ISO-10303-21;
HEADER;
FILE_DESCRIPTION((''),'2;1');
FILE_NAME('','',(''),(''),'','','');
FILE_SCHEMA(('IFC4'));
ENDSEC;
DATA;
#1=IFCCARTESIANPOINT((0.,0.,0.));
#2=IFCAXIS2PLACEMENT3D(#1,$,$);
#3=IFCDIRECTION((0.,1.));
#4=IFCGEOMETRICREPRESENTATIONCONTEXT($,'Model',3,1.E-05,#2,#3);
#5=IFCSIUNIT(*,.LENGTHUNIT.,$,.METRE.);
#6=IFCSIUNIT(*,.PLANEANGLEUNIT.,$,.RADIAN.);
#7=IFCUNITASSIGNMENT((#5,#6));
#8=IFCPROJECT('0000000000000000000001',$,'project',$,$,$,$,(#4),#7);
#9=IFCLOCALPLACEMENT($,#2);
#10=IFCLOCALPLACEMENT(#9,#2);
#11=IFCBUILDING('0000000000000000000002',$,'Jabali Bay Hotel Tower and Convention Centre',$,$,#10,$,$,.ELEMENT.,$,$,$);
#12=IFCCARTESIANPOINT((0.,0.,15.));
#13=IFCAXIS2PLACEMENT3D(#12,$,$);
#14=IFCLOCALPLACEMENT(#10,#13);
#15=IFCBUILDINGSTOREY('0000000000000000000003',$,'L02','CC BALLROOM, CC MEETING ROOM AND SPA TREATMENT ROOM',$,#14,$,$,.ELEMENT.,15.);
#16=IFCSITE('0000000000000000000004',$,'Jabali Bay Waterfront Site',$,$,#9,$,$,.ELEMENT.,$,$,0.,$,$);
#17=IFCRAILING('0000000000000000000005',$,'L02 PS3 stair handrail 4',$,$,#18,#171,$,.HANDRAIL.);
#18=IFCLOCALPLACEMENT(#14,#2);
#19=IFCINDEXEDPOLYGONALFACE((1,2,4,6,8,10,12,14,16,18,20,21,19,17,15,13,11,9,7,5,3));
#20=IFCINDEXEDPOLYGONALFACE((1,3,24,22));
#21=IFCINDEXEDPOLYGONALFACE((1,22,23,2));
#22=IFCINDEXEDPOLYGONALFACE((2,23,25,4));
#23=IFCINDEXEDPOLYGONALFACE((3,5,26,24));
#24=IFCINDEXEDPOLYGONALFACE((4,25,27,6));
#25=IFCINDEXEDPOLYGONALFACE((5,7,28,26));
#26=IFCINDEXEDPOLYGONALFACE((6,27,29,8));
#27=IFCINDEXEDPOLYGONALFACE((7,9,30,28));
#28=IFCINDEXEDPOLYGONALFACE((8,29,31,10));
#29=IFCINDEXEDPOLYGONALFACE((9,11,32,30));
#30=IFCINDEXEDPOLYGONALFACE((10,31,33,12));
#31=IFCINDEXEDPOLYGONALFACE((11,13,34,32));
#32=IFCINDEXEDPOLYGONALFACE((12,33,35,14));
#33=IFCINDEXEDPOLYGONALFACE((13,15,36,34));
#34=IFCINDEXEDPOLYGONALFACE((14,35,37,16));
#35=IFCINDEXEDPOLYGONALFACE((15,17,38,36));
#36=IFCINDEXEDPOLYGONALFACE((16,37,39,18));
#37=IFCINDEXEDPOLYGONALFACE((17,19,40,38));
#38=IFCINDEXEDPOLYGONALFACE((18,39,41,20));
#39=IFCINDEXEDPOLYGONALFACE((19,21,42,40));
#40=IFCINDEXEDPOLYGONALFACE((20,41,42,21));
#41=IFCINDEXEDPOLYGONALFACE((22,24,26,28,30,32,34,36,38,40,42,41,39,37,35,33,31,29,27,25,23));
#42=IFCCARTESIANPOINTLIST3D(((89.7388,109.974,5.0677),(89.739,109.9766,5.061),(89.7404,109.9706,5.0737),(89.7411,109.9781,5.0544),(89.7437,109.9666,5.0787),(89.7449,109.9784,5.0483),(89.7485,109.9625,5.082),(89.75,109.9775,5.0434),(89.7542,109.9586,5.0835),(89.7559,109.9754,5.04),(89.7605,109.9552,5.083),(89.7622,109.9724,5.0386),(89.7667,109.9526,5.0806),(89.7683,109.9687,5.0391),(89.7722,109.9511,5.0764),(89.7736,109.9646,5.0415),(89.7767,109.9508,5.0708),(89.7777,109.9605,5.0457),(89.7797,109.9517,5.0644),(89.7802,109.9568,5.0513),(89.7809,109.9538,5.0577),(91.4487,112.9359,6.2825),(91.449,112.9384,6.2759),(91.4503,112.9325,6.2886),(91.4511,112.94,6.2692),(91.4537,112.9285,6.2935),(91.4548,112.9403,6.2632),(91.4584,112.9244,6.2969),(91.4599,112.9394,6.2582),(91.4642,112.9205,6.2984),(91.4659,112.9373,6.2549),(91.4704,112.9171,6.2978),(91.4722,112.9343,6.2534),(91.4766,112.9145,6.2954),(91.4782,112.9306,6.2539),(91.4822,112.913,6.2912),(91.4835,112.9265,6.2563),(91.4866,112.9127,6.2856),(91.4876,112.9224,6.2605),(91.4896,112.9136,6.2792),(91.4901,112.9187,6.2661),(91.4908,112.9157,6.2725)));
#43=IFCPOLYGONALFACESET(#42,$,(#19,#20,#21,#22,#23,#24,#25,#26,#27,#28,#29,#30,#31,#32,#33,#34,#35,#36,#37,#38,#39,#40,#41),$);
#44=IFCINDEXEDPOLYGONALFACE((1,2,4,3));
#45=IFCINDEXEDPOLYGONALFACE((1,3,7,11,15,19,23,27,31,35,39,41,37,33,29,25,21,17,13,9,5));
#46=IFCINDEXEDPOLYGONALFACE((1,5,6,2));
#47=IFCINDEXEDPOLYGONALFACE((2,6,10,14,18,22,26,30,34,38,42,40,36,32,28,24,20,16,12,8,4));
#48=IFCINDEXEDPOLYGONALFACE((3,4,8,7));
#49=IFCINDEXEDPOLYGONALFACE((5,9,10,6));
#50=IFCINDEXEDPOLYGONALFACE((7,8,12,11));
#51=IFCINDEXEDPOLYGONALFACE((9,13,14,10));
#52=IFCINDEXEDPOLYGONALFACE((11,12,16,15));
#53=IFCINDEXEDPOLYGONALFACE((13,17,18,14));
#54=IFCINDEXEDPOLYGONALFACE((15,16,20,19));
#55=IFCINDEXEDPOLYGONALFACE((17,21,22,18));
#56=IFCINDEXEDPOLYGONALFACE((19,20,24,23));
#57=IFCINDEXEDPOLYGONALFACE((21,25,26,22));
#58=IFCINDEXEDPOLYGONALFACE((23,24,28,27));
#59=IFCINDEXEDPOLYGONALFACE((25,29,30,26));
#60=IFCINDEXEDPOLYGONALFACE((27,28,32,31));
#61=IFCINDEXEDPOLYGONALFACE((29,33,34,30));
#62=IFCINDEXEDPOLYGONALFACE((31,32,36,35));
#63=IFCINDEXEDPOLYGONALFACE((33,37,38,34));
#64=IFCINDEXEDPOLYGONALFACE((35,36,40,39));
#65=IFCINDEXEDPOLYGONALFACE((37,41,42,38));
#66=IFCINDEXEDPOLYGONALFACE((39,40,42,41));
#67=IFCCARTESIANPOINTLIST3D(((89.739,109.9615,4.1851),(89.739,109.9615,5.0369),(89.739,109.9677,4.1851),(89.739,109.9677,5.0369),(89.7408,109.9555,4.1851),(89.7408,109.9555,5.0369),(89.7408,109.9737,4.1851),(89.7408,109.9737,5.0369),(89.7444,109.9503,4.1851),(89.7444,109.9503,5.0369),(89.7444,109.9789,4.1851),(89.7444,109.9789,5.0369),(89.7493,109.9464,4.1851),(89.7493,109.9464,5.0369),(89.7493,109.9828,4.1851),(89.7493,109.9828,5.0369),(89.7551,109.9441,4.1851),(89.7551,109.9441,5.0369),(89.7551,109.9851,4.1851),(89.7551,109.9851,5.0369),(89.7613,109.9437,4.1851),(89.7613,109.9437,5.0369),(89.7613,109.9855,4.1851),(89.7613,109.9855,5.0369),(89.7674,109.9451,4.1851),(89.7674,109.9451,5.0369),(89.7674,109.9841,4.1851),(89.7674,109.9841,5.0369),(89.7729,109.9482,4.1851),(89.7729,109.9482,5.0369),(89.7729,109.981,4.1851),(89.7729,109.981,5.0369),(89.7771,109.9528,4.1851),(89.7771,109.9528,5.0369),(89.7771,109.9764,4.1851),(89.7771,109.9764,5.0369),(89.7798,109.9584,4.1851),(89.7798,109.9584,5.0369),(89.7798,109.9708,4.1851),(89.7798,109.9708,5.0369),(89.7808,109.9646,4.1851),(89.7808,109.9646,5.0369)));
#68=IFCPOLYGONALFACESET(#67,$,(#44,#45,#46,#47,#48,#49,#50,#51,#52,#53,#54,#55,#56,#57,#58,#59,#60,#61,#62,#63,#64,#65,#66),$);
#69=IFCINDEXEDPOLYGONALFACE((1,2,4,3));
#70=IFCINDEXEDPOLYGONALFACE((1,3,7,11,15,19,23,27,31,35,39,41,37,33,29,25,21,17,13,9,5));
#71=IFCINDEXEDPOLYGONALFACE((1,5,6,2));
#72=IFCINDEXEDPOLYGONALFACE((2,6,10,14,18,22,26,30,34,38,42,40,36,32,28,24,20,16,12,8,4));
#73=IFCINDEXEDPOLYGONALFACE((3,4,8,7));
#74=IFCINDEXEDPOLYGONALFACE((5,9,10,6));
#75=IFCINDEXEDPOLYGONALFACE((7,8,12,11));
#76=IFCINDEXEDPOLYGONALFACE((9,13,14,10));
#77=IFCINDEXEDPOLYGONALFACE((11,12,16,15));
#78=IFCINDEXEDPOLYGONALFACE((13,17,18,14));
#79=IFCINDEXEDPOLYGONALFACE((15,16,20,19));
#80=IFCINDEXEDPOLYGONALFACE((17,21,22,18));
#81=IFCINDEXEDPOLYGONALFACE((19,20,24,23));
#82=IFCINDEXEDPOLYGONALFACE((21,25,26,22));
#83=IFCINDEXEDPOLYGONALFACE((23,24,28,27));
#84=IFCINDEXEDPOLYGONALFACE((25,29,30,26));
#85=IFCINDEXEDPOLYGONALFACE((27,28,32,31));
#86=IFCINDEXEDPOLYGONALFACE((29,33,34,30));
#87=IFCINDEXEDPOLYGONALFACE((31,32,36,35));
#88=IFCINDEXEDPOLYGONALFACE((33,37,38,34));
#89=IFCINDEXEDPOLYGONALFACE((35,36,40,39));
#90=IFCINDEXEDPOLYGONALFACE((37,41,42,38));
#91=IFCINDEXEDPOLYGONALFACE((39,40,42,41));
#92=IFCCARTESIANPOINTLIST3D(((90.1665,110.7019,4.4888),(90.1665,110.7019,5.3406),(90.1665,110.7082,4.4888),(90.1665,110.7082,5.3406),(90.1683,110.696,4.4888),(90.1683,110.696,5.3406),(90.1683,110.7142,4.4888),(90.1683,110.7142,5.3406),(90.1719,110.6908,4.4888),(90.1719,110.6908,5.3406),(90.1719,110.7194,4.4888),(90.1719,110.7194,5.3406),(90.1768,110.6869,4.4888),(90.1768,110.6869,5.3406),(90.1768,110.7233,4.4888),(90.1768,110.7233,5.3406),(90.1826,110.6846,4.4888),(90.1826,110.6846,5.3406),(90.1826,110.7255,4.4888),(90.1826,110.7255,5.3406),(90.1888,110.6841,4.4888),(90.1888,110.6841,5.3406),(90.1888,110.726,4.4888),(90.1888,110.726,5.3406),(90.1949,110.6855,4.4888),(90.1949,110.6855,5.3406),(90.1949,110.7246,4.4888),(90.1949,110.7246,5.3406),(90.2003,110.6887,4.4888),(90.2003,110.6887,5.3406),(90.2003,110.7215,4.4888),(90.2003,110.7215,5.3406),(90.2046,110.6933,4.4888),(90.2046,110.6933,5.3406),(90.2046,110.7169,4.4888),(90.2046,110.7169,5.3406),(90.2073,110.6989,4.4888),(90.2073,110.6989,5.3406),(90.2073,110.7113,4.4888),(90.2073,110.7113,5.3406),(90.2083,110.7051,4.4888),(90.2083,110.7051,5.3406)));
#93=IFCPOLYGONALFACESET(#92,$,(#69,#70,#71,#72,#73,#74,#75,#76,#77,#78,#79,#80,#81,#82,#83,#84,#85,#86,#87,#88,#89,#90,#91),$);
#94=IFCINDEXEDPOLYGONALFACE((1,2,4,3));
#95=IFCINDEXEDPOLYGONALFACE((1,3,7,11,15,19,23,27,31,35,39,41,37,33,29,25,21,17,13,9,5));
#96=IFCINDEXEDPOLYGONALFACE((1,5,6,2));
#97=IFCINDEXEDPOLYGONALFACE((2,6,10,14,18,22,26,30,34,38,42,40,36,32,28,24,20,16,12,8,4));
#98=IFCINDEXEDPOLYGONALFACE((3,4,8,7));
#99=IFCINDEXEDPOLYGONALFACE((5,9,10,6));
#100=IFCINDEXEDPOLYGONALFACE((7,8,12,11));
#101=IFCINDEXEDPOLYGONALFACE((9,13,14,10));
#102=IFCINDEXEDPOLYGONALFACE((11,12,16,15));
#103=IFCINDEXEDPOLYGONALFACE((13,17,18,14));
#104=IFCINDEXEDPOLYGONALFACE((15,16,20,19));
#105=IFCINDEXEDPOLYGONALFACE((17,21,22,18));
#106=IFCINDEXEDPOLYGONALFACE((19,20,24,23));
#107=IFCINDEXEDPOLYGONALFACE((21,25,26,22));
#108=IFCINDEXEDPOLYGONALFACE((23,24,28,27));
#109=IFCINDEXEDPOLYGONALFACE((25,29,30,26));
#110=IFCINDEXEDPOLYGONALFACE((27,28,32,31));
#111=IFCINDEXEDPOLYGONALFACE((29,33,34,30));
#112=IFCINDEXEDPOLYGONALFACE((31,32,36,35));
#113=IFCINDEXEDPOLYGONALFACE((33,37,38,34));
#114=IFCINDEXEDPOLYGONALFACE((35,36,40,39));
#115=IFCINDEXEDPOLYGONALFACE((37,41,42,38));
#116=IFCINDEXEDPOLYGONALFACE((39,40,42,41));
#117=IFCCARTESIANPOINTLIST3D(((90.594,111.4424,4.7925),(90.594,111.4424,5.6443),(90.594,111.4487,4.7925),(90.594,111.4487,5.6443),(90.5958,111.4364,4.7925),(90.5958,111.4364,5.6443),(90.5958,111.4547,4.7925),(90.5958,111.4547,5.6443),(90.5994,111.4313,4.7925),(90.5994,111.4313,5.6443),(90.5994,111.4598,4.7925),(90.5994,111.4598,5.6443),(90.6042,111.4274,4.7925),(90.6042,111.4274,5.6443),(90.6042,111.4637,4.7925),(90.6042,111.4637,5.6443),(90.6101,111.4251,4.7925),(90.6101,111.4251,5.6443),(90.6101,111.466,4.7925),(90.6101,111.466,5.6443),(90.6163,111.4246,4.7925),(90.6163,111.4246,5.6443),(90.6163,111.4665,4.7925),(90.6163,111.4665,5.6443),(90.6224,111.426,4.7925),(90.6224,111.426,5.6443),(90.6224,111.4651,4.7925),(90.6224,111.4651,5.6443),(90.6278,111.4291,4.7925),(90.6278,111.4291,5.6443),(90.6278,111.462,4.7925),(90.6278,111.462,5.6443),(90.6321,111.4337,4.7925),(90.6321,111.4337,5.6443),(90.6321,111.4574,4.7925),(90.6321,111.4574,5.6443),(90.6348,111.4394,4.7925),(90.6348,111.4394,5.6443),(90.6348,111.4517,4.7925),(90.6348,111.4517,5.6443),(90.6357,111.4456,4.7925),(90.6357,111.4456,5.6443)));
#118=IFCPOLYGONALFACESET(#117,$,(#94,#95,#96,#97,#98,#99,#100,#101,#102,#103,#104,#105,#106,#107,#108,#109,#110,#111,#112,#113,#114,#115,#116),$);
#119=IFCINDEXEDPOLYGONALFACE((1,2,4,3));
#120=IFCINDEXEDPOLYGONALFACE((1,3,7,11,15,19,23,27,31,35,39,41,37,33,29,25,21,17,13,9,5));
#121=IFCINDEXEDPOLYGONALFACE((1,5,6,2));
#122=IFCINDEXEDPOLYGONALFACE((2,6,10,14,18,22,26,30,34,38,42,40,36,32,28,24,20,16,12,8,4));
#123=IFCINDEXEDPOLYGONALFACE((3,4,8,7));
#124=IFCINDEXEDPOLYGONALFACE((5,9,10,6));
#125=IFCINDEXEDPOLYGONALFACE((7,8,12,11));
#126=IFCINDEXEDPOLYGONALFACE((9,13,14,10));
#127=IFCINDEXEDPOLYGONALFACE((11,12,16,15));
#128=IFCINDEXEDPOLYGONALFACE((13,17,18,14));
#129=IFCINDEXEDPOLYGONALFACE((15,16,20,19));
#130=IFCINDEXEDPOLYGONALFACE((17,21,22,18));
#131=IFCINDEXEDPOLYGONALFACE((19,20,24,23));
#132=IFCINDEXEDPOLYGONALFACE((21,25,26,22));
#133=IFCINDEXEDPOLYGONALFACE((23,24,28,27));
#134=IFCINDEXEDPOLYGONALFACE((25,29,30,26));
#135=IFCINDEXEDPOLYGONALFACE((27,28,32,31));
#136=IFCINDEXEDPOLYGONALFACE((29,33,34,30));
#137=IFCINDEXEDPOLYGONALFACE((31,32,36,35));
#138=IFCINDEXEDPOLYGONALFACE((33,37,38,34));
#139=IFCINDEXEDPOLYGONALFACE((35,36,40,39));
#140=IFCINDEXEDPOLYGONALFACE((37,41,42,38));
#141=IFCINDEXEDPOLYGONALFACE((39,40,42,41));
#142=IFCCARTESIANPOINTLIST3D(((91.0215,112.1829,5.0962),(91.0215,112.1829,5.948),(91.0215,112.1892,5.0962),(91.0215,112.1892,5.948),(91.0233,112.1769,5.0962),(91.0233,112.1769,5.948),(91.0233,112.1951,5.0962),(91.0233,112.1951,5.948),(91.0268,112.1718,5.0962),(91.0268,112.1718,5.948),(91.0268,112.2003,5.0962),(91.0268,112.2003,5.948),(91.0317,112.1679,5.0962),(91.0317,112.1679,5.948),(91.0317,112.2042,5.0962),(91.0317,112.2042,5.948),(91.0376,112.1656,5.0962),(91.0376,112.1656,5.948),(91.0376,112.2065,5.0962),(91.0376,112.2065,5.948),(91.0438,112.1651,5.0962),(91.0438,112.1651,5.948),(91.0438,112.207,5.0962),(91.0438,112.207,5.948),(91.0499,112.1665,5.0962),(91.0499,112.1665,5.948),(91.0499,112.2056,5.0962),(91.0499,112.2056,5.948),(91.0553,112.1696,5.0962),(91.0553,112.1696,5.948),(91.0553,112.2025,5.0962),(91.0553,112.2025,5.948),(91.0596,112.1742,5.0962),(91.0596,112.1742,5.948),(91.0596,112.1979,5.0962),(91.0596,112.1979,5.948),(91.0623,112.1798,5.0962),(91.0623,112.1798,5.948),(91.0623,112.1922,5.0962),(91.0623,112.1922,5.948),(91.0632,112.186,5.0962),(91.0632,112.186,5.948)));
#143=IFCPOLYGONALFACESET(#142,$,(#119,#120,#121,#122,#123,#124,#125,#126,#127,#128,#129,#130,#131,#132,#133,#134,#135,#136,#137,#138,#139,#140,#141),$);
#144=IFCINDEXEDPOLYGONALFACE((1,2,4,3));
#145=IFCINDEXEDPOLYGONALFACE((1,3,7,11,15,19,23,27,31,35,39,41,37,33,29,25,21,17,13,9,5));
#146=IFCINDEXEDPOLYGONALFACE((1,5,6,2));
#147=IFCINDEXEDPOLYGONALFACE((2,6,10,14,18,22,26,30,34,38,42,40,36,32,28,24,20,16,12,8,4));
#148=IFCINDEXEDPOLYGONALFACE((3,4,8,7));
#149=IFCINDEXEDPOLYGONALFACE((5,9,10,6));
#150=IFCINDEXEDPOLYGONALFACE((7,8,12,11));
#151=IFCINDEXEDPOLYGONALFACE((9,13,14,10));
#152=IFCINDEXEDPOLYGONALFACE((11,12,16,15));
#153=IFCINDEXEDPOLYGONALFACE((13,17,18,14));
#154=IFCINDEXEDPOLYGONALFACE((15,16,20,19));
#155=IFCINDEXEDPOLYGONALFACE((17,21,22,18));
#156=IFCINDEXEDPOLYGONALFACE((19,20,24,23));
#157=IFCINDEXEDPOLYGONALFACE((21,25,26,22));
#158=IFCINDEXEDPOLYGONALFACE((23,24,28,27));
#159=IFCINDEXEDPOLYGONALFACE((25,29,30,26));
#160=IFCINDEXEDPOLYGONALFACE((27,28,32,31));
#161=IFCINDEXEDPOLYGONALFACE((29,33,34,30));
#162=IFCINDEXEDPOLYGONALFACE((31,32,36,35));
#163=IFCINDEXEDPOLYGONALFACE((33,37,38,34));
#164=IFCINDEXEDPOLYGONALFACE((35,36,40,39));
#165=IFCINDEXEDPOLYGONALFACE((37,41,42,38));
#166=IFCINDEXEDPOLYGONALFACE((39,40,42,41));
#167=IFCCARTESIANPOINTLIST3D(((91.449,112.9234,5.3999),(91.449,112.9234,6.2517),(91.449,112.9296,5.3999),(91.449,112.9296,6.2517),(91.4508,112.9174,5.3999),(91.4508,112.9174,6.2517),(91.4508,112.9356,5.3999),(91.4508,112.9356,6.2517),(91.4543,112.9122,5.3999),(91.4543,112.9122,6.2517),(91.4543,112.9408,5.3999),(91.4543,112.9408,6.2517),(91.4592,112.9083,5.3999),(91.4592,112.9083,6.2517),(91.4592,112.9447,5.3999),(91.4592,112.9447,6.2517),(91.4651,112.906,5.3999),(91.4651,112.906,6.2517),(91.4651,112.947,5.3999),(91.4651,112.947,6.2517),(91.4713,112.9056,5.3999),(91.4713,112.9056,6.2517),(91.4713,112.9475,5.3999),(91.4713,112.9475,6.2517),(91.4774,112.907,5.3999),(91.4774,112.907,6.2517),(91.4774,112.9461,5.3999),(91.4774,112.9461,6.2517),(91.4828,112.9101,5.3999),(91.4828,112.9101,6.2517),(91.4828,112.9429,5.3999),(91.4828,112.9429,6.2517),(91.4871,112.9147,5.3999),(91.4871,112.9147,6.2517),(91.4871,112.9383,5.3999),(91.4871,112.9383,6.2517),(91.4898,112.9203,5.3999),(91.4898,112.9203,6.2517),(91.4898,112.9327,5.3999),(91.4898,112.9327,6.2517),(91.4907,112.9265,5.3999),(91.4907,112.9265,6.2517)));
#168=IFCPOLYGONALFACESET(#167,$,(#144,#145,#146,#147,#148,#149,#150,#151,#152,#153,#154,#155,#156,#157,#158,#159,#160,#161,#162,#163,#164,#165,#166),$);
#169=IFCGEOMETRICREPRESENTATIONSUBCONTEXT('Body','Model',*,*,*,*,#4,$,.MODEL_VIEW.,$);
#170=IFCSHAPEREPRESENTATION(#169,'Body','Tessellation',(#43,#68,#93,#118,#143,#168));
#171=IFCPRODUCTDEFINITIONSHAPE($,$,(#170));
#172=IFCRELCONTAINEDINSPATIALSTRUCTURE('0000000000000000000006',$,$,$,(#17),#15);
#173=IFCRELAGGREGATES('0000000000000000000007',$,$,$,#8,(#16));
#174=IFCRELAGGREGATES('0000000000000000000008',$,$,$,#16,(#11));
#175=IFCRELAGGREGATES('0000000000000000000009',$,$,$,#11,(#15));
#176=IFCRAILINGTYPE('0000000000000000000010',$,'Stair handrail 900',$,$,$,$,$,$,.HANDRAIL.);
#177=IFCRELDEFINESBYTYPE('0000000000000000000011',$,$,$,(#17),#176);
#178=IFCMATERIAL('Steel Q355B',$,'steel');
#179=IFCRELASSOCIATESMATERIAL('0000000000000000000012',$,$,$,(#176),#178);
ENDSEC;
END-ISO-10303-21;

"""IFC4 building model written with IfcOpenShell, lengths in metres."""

from ifc_helpers import new_model, si_unit, direction, frame, origin, origin_2d, place, context, subcontext, project, spatial, circle, extrude, material, type_object, element, save


model = new_model("IFC4")

# Units and contexts
model_context = context("Model", 3, precision=1e-05, world=origin(), true_north=direction((0.0, 1.0)))
body_context = subcontext(model_context, "Body", "Model", "MODEL_VIEW")
ifc_project = project(units=[si_unit("LENGTHUNIT", "METRE"), si_unit("PLANEANGLEUNIT", "RADIAN")], contexts=[model_context])

# Site, building, storey
site_placement = place(None, origin())
site = spatial("IfcSite", under=ifc_project, at=site_placement, Name="Jabali Bay Waterfront Site", CompositionType="ELEMENT", RefElevation=0.0)
building_placement = place(site_placement, origin())
building = spatial("IfcBuilding", under=site, at=building_placement, Name="Jabali Bay Hotel Tower and Convention Centre", CompositionType="ELEMENT")
storey_placement = place(building_placement, frame((0.0, 0.0, 15.0)))
storey = spatial("IfcBuildingStorey", under=building, at=storey_placement, Name="L02", Description="CC BALLROOM, CC MEETING ROOM AND SPA TREATMENT ROOM", CompositionType="ELEMENT", Elevation=15.0)

# Railing
ifc_material_1 = material(Name="Steel Q355B", Category="steel")
railing_type_1 = type_object("IfcRailingType", Name="Stair handrail 900", PredefinedType="HANDRAIL", material=ifc_material_1)
railing_1_placement = place(storey_placement, frame((89.7598, 109.9646, 4.1851)))
element("IfcRailing", 1, at=railing_1_placement, inside=storey, type_object=railing_type_1, Name="L02 PS3 stair handrail 4", PredefinedType="HANDRAIL", context=body_context, shape_type="SweptSolid", body=[
    extrude(circle(Radius=0.0239, at=origin_2d()), frame((0.0, 0.0, 0.876), z_axis=(0.471138, 0.816083, 0.33472), x_axis=(-0.866038, 0.499978, 0.0)), (0.0, 0.0, 1.0), 3.6294),
    extrude(circle(Radius=0.021, at=origin_2d()), origin(), (0.0, 0.0, 1.0), 0.8518),
    extrude(circle(Radius=0.021, at=origin_2d()), frame((0.4275, 0.7405, 0.3037)), (0.0, 0.0, 1.0), 0.8518),
    extrude(circle(Radius=0.021, at=origin_2d()), frame((0.855, 1.481, 0.6074)), (0.0, 0.0, 1.0), 0.8518),
    extrude(circle(Radius=0.021, at=origin_2d()), frame((1.2825, 2.2214, 0.9111)), (0.0, 0.0, 1.0), 0.8518),
    extrude(circle(Radius=0.021, at=origin_2d()), frame((1.71, 2.9619, 1.2148)), (0.0, 0.0, 1.0), 0.8518),
])

save(model, "model.ifc")
